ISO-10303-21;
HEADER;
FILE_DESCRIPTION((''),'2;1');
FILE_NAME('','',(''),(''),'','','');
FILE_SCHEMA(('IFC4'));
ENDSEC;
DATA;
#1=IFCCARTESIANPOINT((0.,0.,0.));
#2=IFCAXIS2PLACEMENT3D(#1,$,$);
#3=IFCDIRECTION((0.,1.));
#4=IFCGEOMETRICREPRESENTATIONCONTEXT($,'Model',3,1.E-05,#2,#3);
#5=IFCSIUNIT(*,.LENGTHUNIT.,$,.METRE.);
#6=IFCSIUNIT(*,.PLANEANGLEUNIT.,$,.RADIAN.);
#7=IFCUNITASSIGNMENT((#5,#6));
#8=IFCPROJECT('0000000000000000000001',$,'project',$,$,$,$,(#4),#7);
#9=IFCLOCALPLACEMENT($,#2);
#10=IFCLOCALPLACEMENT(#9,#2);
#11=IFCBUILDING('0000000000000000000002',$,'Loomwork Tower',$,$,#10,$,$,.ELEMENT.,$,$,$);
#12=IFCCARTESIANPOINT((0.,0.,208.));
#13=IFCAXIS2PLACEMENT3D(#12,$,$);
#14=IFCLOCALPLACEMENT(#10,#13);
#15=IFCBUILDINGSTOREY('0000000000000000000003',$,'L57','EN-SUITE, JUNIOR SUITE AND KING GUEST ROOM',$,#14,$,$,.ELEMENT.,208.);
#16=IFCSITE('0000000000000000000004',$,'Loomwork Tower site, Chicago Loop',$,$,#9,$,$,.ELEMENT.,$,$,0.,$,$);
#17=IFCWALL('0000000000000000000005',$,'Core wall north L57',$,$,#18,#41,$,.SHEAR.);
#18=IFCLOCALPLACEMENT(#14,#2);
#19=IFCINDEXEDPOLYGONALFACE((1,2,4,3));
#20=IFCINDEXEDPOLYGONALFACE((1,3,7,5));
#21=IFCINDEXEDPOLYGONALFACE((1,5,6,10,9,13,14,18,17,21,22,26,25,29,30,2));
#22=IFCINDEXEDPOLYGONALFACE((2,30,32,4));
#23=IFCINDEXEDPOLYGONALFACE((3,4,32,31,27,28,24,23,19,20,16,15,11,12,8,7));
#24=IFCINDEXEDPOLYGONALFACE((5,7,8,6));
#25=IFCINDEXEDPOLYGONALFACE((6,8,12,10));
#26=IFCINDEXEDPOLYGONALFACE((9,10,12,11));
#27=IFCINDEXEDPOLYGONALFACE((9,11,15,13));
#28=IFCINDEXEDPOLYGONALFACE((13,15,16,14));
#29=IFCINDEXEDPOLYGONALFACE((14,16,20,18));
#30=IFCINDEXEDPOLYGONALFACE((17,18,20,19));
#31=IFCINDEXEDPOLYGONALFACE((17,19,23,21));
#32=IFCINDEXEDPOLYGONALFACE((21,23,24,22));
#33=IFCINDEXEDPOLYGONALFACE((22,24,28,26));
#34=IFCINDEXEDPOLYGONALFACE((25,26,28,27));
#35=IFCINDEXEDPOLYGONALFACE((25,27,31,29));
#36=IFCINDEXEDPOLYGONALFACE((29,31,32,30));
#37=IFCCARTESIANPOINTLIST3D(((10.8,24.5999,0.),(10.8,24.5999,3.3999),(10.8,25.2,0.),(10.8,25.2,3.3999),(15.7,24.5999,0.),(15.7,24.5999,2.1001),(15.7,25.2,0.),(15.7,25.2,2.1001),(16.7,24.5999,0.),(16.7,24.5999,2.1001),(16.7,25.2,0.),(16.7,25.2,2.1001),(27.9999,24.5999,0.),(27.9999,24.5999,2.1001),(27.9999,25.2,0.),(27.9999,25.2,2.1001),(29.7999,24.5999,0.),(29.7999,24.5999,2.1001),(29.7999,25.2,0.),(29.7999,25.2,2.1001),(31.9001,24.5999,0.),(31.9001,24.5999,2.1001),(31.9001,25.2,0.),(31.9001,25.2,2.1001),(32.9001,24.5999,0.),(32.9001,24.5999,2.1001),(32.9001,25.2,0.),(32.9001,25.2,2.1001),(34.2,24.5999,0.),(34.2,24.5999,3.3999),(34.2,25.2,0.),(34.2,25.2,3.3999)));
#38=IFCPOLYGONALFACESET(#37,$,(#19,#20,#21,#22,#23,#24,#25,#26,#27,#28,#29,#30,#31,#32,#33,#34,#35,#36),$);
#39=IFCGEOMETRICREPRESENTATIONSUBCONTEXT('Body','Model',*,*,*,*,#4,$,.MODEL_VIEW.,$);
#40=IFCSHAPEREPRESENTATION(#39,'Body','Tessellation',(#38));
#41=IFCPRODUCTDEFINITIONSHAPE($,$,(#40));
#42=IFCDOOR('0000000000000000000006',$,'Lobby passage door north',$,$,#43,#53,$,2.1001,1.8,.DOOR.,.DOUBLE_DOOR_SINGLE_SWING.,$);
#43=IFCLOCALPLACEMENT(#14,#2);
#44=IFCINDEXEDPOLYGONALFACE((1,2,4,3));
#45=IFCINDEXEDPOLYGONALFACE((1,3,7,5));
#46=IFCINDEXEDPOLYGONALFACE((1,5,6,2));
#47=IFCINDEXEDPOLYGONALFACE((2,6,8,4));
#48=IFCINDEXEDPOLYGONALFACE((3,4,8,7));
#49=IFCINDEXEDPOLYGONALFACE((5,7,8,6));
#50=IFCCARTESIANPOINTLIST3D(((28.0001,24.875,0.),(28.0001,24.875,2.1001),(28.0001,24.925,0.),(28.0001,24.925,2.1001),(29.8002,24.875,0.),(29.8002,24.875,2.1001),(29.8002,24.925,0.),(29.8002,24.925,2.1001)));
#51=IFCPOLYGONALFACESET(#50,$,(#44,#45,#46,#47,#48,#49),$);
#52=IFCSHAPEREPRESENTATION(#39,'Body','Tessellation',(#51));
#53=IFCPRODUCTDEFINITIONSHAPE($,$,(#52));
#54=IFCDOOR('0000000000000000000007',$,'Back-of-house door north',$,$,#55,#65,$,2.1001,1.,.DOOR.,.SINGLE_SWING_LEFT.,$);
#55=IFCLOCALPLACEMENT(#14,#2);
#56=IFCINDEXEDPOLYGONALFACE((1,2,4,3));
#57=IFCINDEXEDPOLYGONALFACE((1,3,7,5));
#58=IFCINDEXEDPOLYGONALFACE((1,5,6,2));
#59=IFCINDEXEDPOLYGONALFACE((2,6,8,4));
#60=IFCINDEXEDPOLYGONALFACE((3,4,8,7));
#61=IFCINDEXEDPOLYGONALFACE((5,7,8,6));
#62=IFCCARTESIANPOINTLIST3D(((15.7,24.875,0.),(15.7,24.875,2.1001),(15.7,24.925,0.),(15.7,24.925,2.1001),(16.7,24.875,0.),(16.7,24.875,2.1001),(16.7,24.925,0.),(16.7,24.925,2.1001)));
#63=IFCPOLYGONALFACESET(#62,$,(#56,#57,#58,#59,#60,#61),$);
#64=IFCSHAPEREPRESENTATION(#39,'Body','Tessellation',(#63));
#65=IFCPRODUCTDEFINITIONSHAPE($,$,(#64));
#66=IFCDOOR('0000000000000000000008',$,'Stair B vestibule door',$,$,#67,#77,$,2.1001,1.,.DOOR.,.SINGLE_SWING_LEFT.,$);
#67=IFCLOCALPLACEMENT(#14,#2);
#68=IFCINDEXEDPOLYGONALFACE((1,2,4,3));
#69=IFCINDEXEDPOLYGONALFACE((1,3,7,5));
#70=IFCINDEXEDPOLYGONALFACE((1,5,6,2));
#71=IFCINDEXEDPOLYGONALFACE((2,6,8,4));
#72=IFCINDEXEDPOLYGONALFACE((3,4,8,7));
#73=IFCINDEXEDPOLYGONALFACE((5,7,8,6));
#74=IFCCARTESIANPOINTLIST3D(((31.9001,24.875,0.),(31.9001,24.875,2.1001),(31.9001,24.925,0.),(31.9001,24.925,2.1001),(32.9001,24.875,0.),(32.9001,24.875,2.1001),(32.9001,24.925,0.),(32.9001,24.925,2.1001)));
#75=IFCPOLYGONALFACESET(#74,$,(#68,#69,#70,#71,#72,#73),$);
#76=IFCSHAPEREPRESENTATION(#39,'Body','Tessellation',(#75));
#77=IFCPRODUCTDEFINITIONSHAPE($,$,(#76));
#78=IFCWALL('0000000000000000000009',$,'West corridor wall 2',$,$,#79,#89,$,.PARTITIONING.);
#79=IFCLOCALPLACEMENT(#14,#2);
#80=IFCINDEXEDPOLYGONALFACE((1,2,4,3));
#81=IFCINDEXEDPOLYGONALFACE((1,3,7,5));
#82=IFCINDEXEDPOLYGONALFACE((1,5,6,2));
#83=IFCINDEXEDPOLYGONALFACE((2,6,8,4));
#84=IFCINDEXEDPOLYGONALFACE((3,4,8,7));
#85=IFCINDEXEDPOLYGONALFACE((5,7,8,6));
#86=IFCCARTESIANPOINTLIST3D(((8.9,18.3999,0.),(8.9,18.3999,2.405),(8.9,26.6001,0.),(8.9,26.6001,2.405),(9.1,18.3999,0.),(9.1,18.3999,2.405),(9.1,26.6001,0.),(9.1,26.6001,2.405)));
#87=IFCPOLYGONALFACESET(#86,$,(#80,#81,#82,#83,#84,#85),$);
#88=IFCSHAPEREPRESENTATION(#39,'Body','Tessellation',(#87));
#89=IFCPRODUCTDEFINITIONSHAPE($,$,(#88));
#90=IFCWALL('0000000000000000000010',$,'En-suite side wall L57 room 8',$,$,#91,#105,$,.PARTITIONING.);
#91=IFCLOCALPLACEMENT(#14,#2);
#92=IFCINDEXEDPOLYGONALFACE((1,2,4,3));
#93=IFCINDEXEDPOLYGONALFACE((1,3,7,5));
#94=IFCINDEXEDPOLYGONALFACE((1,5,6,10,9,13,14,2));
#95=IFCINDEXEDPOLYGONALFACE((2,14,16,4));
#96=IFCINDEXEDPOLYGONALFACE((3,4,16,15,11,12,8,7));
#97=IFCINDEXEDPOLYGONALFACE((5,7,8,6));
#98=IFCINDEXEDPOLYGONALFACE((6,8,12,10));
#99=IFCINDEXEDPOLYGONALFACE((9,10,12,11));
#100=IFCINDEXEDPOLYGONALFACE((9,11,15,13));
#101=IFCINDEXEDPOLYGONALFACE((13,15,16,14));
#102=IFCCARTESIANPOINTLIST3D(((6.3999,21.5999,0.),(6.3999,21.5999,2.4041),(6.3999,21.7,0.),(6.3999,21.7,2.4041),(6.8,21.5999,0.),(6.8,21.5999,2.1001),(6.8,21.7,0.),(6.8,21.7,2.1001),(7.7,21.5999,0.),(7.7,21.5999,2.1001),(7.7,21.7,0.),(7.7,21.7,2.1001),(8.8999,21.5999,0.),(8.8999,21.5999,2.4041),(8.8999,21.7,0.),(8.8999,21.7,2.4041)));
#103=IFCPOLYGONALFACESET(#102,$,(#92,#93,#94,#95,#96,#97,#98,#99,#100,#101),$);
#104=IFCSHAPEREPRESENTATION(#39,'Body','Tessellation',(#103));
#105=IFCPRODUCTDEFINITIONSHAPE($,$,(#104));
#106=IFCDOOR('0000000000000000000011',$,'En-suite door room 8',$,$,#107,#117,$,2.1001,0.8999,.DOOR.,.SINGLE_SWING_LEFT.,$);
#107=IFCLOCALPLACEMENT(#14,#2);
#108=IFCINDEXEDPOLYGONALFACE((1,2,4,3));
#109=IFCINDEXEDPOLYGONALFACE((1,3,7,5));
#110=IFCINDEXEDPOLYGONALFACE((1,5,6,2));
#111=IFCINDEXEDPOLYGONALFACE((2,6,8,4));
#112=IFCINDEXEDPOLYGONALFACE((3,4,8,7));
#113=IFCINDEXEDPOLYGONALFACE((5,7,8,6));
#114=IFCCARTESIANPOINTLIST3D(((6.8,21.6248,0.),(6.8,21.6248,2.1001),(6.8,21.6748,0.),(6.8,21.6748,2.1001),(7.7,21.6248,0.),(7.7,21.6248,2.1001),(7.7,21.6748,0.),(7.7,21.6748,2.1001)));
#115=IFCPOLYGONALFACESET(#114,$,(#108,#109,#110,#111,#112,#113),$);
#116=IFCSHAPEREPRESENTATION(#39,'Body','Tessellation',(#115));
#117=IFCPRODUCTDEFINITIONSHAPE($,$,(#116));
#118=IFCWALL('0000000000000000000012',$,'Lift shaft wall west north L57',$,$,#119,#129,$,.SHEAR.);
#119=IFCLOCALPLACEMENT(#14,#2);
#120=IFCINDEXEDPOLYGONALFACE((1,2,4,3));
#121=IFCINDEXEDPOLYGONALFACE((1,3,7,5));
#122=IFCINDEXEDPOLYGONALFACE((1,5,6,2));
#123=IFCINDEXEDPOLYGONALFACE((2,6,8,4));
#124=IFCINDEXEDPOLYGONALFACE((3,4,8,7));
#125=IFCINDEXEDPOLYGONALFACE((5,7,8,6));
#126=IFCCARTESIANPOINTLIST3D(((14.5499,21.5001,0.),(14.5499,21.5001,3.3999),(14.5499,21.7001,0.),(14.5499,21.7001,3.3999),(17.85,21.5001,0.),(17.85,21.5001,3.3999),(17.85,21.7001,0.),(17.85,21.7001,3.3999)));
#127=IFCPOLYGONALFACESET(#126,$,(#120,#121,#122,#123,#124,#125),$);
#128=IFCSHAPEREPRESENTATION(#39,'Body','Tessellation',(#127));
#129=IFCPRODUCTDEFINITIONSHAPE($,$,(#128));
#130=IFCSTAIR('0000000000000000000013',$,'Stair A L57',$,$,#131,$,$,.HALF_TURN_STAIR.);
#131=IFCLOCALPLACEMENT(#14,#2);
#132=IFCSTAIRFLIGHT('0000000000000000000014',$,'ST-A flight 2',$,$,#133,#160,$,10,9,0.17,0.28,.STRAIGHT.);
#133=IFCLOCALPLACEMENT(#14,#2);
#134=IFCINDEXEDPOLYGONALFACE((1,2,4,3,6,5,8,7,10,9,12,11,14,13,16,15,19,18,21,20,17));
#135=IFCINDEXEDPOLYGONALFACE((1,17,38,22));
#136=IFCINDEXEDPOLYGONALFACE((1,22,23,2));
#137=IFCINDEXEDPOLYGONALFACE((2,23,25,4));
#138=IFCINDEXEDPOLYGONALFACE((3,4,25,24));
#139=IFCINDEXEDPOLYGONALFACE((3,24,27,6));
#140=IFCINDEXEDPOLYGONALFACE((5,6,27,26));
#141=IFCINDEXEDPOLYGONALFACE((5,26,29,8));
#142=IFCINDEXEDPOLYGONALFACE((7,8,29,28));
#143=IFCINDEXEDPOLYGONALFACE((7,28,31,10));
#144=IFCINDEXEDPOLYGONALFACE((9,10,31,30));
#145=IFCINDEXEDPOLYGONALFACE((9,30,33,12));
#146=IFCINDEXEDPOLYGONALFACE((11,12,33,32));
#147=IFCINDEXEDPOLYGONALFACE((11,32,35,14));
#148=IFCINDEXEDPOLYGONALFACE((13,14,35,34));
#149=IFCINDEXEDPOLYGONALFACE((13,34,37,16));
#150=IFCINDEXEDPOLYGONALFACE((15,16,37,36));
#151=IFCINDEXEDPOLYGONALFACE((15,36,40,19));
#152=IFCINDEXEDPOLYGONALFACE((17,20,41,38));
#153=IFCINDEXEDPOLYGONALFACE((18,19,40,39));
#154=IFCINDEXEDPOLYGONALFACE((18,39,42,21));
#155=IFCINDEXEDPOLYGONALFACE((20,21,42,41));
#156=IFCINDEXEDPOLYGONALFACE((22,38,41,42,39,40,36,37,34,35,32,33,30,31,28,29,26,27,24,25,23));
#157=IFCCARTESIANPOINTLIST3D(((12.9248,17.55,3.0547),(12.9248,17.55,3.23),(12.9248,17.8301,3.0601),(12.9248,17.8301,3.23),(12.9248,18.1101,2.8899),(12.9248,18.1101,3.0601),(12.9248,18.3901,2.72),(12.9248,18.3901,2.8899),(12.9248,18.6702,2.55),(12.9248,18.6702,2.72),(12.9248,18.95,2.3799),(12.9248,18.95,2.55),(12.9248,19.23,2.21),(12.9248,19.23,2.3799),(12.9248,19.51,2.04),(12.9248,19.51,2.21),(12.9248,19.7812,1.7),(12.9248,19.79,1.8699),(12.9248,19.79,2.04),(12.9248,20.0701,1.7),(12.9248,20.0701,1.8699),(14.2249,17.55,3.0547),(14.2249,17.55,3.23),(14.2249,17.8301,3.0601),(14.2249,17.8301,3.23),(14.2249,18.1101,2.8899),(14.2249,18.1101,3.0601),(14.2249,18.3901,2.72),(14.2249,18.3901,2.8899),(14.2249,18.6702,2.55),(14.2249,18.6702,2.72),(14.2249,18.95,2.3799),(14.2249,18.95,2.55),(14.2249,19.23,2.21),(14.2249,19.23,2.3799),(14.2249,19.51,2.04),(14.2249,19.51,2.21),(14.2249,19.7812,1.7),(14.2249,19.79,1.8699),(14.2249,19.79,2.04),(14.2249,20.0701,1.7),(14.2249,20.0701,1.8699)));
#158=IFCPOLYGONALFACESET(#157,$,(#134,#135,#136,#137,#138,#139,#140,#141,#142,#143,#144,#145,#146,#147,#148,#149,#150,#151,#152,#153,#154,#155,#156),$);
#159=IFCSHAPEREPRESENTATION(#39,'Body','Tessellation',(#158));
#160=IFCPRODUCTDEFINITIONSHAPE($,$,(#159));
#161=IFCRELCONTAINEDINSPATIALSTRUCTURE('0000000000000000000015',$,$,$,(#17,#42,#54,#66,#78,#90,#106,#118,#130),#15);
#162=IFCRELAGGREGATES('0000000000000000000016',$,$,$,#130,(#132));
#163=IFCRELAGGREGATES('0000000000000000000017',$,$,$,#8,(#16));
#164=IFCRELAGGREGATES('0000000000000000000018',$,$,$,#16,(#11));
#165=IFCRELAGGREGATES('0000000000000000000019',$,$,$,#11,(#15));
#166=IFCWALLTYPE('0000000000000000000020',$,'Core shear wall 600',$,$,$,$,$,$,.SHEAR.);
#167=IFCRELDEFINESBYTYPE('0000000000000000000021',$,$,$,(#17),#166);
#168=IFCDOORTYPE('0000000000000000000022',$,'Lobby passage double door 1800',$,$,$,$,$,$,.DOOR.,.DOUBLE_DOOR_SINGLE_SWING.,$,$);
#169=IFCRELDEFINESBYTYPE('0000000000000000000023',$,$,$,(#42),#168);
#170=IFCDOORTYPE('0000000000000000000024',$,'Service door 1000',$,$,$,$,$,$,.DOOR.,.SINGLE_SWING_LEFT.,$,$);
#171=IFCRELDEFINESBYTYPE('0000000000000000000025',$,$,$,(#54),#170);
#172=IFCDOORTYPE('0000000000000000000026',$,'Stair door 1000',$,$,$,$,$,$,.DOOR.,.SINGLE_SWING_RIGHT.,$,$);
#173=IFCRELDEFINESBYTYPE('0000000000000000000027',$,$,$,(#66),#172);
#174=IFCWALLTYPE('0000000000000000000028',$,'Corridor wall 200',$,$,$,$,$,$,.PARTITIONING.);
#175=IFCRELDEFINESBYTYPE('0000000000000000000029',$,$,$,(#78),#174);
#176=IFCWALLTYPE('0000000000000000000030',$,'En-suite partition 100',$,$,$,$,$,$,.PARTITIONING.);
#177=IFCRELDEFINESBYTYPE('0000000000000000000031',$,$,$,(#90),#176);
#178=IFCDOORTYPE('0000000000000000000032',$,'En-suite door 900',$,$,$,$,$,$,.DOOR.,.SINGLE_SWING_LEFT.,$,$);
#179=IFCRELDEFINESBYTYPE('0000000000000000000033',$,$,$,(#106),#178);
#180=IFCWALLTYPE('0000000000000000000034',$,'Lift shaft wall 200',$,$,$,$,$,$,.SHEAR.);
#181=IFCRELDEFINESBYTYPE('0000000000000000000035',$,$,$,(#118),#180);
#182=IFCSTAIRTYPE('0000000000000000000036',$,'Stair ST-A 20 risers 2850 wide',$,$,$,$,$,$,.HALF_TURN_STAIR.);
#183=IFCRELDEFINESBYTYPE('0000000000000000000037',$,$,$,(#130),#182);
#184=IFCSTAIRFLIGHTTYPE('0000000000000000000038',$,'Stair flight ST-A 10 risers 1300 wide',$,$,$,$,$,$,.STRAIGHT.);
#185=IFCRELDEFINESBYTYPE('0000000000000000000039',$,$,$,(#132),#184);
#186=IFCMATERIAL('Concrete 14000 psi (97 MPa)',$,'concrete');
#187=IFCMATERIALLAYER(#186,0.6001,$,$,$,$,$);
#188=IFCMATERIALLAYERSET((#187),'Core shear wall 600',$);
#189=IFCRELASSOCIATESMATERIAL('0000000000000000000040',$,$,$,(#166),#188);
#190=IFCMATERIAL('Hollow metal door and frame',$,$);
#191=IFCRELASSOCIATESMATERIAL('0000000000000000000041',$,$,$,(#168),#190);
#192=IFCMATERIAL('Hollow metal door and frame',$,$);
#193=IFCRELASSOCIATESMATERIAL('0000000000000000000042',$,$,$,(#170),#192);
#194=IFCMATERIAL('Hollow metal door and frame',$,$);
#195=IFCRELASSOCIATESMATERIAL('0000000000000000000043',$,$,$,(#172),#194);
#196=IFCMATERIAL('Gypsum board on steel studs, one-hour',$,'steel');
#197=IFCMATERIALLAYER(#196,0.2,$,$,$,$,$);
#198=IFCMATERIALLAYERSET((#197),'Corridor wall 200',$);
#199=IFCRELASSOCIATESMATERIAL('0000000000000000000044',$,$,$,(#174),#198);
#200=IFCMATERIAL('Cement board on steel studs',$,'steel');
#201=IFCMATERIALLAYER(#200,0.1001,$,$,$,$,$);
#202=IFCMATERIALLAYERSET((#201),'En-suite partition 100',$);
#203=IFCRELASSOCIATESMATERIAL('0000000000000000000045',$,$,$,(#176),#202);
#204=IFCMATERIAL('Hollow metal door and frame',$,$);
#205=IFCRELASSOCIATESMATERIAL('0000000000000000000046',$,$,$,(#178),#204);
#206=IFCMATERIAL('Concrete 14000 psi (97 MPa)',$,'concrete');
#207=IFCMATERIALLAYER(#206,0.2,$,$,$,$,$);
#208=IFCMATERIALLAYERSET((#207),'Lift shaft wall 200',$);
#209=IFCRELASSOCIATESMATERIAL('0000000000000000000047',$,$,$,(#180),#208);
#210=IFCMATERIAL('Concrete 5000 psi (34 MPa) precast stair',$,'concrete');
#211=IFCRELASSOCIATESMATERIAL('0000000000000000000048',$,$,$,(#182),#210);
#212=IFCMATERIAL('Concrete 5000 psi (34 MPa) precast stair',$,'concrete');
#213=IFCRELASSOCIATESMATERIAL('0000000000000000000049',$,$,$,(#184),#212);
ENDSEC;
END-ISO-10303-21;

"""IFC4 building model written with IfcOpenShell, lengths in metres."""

from ifc_helpers import new_model, si_unit, direction, frame, frame_2d, origin, place, context, subcontext, project, spatial, polyline, rectangle, outline, extrude, material, layer, layer_set, type_object, element, fill, aggregate, save


model = new_model("IFC4")

# Units and contexts
model_context = context("Model", 3, precision=1e-05, world=origin(), true_north=direction((0.0, 1.0)))
body_context = subcontext(model_context, "Body", "Model", "MODEL_VIEW")
ifc_project = project(units=[si_unit("LENGTHUNIT", "METRE"), si_unit("PLANEANGLEUNIT", "RADIAN")], contexts=[model_context])

# Site, building, storey
site_placement = place(None, origin())
site = spatial("IfcSite", under=ifc_project, at=site_placement, Name="Loomwork Tower site, Chicago Loop", CompositionType="ELEMENT", RefElevation=0.0)
building_placement = place(site_placement, origin())
building = spatial("IfcBuilding", under=site, at=building_placement, Name="Loomwork Tower", CompositionType="ELEMENT")
storey_placement = place(building_placement, frame((0.0, 0.0, 208.0)))
storey = spatial("IfcBuildingStorey", under=building, at=storey_placement, Name="L57", Description="EN-SUITE, JUNIOR SUITE AND KING GUEST ROOM", CompositionType="ELEMENT", Elevation=208.0)

# Wall, openings, doors
ifc_material_1 = material(Name="Concrete 14000 psi (97 MPa)", Category="concrete")
ifc_layer_1 = layer(ifc_material_1, 0.6001)
ifc_layer_set_1 = layer_set([ifc_layer_1], Name="Core shear wall 600")
wall_type_1 = type_object("IfcWallType", Name="Core shear wall 600", PredefinedType="SHEAR", material=ifc_layer_set_1)
wall_1_placement = place(storey_placement, frame((10.8, 24.8999, 0.0), z_axis=(0.0, 0.0, 1.0), x_axis=(1.0, 0.0, 0.0)))
wall_1 = element("IfcWall", 1, at=wall_1_placement, inside=storey, type_object=wall_type_1, Name="Core wall north L57", PredefinedType="SHEAR", context=body_context, shape_type="SweptSolid", body=[
    extrude(rectangle(XDim=23.3999, YDim=0.6001, at=frame_2d((11.7, 0.0))), origin(), (0.0, 0.0, 1.0), 3.3999),
])
opening_1_placement = place(wall_1_placement, frame((17.2, 0.0, 0.0)))
opening_1 = element("IfcOpeningElement", 2, at=opening_1_placement, cuts=wall_1, PredefinedType="OPENING", context=body_context, shape_type="SweptSolid", body=[
    extrude(rectangle(XDim=1.8, YDim=2.1001, at=frame_2d((0.8999, 1.05))), frame((0.0, 0.3101, 0.0), z_axis=(0.0, -1.0, 0.0), x_axis=(1.0, 0.0, 0.0)), (0.0, 0.0, 1.0), 0.6201),
])
opening_2_placement = place(wall_1_placement, frame((21.1001, 0.0, 0.0)))
opening_2 = element("IfcOpeningElement", 3, at=opening_2_placement, cuts=wall_1, PredefinedType="OPENING", context=body_context, shape_type="SweptSolid", body=[
    extrude(rectangle(XDim=1.0, YDim=2.1001, at=frame_2d((0.5, 1.05))), frame((0.0, 0.3101, 0.0), z_axis=(0.0, -1.0, 0.0), x_axis=(1.0, 0.0, 0.0)), (0.0, 0.0, 1.0), 0.6201),
])
opening_3_placement = place(wall_1_placement, frame((4.8999, 0.0, 0.0)))
opening_3 = element("IfcOpeningElement", 4, at=opening_3_placement, cuts=wall_1, PredefinedType="OPENING", context=body_context, shape_type="SweptSolid", body=[
    extrude(rectangle(XDim=1.0, YDim=2.1001, at=frame_2d((0.5, 1.05))), frame((0.0, 0.3101, 0.0), z_axis=(0.0, -1.0, 0.0), x_axis=(1.0, 0.0, 0.0)), (0.0, 0.0, 1.0), 0.6201),
])
ifc_material_2 = material(Name="Hollow metal door and frame")
door_type_1 = type_object("IfcDoorType", Name="Lobby passage double door 1800", OperationType="DOUBLE_DOOR_SINGLE_SWING", PredefinedType="DOOR", material=ifc_material_2)
door_1_placement = place(opening_1_placement, frame((1.8, 0.0, 0.0), z_axis=(0.0, 0.0, 1.0), x_axis=(-1.0, 0.0, 0.0)))
door_1 = element("IfcDoor", 5, at=door_1_placement, inside=storey, type_object=door_type_1, Name="Lobby passage door north", OperationType="DOUBLE_DOOR_SINGLE_SWING", OverallHeight=2.1001, OverallWidth=1.8, PredefinedType="DOOR", context=body_context, shape_type="SweptSolid", body=[
    extrude(rectangle(XDim=1.8, YDim=2.1001, at=frame_2d((0.8999, 1.05))), frame((0.0, 0.0249, 0.0), z_axis=(0.0, -1.0, 0.0), x_axis=(1.0, 0.0, 0.0)), (0.0, 0.0, 1.0), 0.05),
])
fill(opening_1, door_1)
ifc_material_3 = material(Name="Hollow metal door and frame")
door_type_2 = type_object("IfcDoorType", Name="Service door 1000", OperationType="SINGLE_SWING_LEFT", PredefinedType="DOOR", material=ifc_material_3)
door_2_placement = place(opening_3_placement, frame((1.0, 0.0, 0.0), z_axis=(0.0, 0.0, 1.0), x_axis=(-1.0, 0.0, 0.0)))
door_2 = element("IfcDoor", 6, at=door_2_placement, inside=storey, type_object=door_type_2, Name="Back-of-house door north", OperationType="SINGLE_SWING_LEFT", OverallHeight=2.1001, OverallWidth=1.0, PredefinedType="DOOR", context=body_context, shape_type="SweptSolid", body=[
    extrude(rectangle(XDim=1.0, YDim=2.1001, at=frame_2d((0.5, 1.05))), frame((0.0, 0.0249, 0.0), z_axis=(0.0, -1.0, 0.0), x_axis=(1.0, 0.0, 0.0)), (0.0, 0.0, 1.0), 0.05),
])
fill(opening_3, door_2)
ifc_material_4 = material(Name="Hollow metal door and frame")
door_type_3 = type_object("IfcDoorType", Name="Stair door 1000", OperationType="SINGLE_SWING_RIGHT", PredefinedType="DOOR", material=ifc_material_4)
door_3_placement = place(opening_2_placement, frame((1.0, 0.0, 0.0), z_axis=(0.0, 0.0, 1.0), x_axis=(-1.0, 0.0, 0.0)))
door_3 = element("IfcDoor", 7, at=door_3_placement, inside=storey, type_object=door_type_3, Name="Stair B vestibule door", OperationType="SINGLE_SWING_LEFT", OverallHeight=2.1001, OverallWidth=1.0, PredefinedType="DOOR", context=body_context, shape_type="SweptSolid", body=[
    extrude(rectangle(XDim=1.0, YDim=2.1001, at=frame_2d((0.5, 1.05))), frame((0.0, 0.0249, 0.0), z_axis=(0.0, -1.0, 0.0), x_axis=(1.0, 0.0, 0.0)), (0.0, 0.0, 1.0), 0.05),
])
fill(opening_2, door_3)

# Wall
ifc_material_5 = material(Name="Gypsum board on steel studs, one-hour", Category="steel")
ifc_layer_2 = layer(ifc_material_5, 0.2)
ifc_layer_set_2 = layer_set([ifc_layer_2], Name="Corridor wall 200")
wall_type_2 = type_object("IfcWallType", Name="Corridor wall 200", PredefinedType="PARTITIONING", material=ifc_layer_set_2)
wall_2_placement = place(storey_placement, frame((9.0, 18.3999, 0.0), z_axis=(0.0, 0.0, 1.0), x_axis=(0.0, 1.0, 0.0)))
element("IfcWall", 8, at=wall_2_placement, inside=storey, type_object=wall_type_2, Name="West corridor wall 2", PredefinedType="PARTITIONING", context=body_context, shape_type="SweptSolid", body=[
    extrude(rectangle(XDim=8.2002, YDim=0.2, at=frame_2d((4.1001, 0.0))), origin(), (0.0, 0.0, 1.0), 2.405),
])

# Wall, opening, door
ifc_material_6 = material(Name="Cement board on steel studs", Category="steel")
ifc_layer_3 = layer(ifc_material_6, 0.1001)
ifc_layer_set_3 = layer_set([ifc_layer_3], Name="En-suite partition 100")
wall_type_3 = type_object("IfcWallType", Name="En-suite partition 100", PredefinedType="PARTITIONING", material=ifc_layer_set_3)
wall_3_placement = place(storey_placement, frame((8.8999, 21.6499, 0.0), z_axis=(0.0, 0.0, 1.0), x_axis=(-1.0, 0.0, 0.0)))
wall_3 = element("IfcWall", 9, at=wall_3_placement, inside=storey, type_object=wall_type_3, Name="En-suite side wall L57 room 8", PredefinedType="PARTITIONING", context=body_context, shape_type="SweptSolid", body=[
    extrude(rectangle(XDim=2.5, YDim=0.1001, at=frame_2d((1.25, 0.0))), origin(), (0.0, 0.0, 1.0), 2.4041),
])
opening_4_placement = place(wall_3_placement, frame((1.2, 0.0, 0.0)))
opening_4 = element("IfcOpeningElement", 10, at=opening_4_placement, cuts=wall_3, PredefinedType="OPENING", context=body_context, shape_type="SweptSolid", body=[
    extrude(rectangle(XDim=0.8999, YDim=2.1001, at=frame_2d((0.45, 1.05))), frame((0.0, 0.0601, 0.0), z_axis=(0.0, -1.0, 0.0), x_axis=(1.0, 0.0, 0.0)), (0.0, 0.0, 1.0), 0.1201),
])
ifc_material_7 = material(Name="Hollow metal door and frame")
door_type_4 = type_object("IfcDoorType", Name="En-suite door 900", OperationType="SINGLE_SWING_LEFT", PredefinedType="DOOR", material=ifc_material_7)
door_4_placement = place(opening_4_placement, frame((0.8999, 0.0, 0.0), z_axis=(0.0, 0.0, 1.0), x_axis=(-1.0, 0.0, 0.0)))
door_4 = element("IfcDoor", 11, at=door_4_placement, inside=storey, type_object=door_type_4, Name="En-suite door room 8", OperationType="SINGLE_SWING_LEFT", OverallHeight=2.1001, OverallWidth=0.8999, PredefinedType="DOOR", context=body_context, shape_type="SweptSolid", body=[
    extrude(rectangle(XDim=0.8999, YDim=2.1001, at=frame_2d((0.45, 1.05))), frame((0.0, 0.0249, 0.0), z_axis=(0.0, -1.0, 0.0), x_axis=(1.0, 0.0, 0.0)), (0.0, 0.0, 1.0), 0.05),
])
fill(opening_4, door_4)

# Wall
ifc_material_8 = material(Name="Concrete 14000 psi (97 MPa)", Category="concrete")
ifc_layer_4 = layer(ifc_material_8, 0.2)
ifc_layer_set_4 = layer_set([ifc_layer_4], Name="Lift shaft wall 200")
wall_type_4 = type_object("IfcWallType", Name="Lift shaft wall 200", PredefinedType="SHEAR", material=ifc_layer_set_4)
wall_4_placement = place(storey_placement, frame((14.55, 21.6001, 0.0), z_axis=(0.0, 0.0, 1.0), x_axis=(1.0, 0.0, 0.0)))
element("IfcWall", 12, at=wall_4_placement, inside=storey, type_object=wall_type_4, Name="Lift shaft wall west north L57", PredefinedType="SHEAR", context=body_context, shape_type="SweptSolid", body=[
    extrude(rectangle(XDim=3.3, YDim=0.2, at=frame_2d((1.6499, 0.0))), origin(), (0.0, 0.0, 1.0), 3.3999),
])

# Stair, stair flight
ifc_material_9 = material(Name="Concrete 5000 psi (34 MPa) precast stair", Category="concrete")
stair_type = type_object("IfcStairType", Name="Stair ST-A 20 risers 2850 wide", PredefinedType="HALF_TURN_STAIR", material=ifc_material_9)
stair_placement = place(storey_placement, origin())
stair = element("IfcStair", 13, at=stair_placement, inside=storey, type_object=stair_type, Name="Stair A L57", PredefinedType="HALF_TURN_STAIR")
ifc_material_10 = material(Name="Concrete 5000 psi (34 MPa) precast stair", Category="concrete")
stair_flight_type = type_object("IfcStairFlightType", Name="Stair flight ST-A 10 risers 1300 wide", PredefinedType="STRAIGHT", material=ifc_material_10)
stair_flight_placement = place(storey_placement, frame((13.575, 20.0701, 1.7), z_axis=(0.0, 0.0, 1.0), x_axis=(0.0, -1.0, 0.0)))
stair_flight = element("IfcStairFlight", 14, at=stair_flight_placement, type_object=stair_flight_type, Name="ST-A flight 2", NumberOfRisers=10, NumberOfTreads=9, PredefinedType="STRAIGHT", RiserHeight=0.17, TreadLength=0.28, context=body_context, shape_type="SweptSolid", body=[
    extrude(outline(polyline([(0.0, 0.0), (0.0, 0.1699), (0.28, 0.1699), (0.28, 0.3401), (0.5601, 0.3401), (0.5601, 0.51), (0.8401, 0.51), (0.8401, 0.6799), (1.1201, 0.6799), (1.1201, 0.8501), (1.3999, 0.8501), (1.3999, 1.02), (1.6799, 1.02), (1.6799, 1.1899), (1.96, 1.1899), (1.96, 1.3601), (2.24, 1.3601), (2.24, 1.53), (2.52, 1.53), (2.52, 1.7), (2.52, 1.3547), (0.2888, 0.0), (0.0, 0.0)])), frame((0.0, 0.6499, 0.0), z_axis=(0.0, -1.0, 0.0), x_axis=(1.0, 0.0, 0.0)), (0.0, 0.0, 1.0), 1.3),
])
aggregate(stair, [stair_flight])

save(model, "model.ifc")
